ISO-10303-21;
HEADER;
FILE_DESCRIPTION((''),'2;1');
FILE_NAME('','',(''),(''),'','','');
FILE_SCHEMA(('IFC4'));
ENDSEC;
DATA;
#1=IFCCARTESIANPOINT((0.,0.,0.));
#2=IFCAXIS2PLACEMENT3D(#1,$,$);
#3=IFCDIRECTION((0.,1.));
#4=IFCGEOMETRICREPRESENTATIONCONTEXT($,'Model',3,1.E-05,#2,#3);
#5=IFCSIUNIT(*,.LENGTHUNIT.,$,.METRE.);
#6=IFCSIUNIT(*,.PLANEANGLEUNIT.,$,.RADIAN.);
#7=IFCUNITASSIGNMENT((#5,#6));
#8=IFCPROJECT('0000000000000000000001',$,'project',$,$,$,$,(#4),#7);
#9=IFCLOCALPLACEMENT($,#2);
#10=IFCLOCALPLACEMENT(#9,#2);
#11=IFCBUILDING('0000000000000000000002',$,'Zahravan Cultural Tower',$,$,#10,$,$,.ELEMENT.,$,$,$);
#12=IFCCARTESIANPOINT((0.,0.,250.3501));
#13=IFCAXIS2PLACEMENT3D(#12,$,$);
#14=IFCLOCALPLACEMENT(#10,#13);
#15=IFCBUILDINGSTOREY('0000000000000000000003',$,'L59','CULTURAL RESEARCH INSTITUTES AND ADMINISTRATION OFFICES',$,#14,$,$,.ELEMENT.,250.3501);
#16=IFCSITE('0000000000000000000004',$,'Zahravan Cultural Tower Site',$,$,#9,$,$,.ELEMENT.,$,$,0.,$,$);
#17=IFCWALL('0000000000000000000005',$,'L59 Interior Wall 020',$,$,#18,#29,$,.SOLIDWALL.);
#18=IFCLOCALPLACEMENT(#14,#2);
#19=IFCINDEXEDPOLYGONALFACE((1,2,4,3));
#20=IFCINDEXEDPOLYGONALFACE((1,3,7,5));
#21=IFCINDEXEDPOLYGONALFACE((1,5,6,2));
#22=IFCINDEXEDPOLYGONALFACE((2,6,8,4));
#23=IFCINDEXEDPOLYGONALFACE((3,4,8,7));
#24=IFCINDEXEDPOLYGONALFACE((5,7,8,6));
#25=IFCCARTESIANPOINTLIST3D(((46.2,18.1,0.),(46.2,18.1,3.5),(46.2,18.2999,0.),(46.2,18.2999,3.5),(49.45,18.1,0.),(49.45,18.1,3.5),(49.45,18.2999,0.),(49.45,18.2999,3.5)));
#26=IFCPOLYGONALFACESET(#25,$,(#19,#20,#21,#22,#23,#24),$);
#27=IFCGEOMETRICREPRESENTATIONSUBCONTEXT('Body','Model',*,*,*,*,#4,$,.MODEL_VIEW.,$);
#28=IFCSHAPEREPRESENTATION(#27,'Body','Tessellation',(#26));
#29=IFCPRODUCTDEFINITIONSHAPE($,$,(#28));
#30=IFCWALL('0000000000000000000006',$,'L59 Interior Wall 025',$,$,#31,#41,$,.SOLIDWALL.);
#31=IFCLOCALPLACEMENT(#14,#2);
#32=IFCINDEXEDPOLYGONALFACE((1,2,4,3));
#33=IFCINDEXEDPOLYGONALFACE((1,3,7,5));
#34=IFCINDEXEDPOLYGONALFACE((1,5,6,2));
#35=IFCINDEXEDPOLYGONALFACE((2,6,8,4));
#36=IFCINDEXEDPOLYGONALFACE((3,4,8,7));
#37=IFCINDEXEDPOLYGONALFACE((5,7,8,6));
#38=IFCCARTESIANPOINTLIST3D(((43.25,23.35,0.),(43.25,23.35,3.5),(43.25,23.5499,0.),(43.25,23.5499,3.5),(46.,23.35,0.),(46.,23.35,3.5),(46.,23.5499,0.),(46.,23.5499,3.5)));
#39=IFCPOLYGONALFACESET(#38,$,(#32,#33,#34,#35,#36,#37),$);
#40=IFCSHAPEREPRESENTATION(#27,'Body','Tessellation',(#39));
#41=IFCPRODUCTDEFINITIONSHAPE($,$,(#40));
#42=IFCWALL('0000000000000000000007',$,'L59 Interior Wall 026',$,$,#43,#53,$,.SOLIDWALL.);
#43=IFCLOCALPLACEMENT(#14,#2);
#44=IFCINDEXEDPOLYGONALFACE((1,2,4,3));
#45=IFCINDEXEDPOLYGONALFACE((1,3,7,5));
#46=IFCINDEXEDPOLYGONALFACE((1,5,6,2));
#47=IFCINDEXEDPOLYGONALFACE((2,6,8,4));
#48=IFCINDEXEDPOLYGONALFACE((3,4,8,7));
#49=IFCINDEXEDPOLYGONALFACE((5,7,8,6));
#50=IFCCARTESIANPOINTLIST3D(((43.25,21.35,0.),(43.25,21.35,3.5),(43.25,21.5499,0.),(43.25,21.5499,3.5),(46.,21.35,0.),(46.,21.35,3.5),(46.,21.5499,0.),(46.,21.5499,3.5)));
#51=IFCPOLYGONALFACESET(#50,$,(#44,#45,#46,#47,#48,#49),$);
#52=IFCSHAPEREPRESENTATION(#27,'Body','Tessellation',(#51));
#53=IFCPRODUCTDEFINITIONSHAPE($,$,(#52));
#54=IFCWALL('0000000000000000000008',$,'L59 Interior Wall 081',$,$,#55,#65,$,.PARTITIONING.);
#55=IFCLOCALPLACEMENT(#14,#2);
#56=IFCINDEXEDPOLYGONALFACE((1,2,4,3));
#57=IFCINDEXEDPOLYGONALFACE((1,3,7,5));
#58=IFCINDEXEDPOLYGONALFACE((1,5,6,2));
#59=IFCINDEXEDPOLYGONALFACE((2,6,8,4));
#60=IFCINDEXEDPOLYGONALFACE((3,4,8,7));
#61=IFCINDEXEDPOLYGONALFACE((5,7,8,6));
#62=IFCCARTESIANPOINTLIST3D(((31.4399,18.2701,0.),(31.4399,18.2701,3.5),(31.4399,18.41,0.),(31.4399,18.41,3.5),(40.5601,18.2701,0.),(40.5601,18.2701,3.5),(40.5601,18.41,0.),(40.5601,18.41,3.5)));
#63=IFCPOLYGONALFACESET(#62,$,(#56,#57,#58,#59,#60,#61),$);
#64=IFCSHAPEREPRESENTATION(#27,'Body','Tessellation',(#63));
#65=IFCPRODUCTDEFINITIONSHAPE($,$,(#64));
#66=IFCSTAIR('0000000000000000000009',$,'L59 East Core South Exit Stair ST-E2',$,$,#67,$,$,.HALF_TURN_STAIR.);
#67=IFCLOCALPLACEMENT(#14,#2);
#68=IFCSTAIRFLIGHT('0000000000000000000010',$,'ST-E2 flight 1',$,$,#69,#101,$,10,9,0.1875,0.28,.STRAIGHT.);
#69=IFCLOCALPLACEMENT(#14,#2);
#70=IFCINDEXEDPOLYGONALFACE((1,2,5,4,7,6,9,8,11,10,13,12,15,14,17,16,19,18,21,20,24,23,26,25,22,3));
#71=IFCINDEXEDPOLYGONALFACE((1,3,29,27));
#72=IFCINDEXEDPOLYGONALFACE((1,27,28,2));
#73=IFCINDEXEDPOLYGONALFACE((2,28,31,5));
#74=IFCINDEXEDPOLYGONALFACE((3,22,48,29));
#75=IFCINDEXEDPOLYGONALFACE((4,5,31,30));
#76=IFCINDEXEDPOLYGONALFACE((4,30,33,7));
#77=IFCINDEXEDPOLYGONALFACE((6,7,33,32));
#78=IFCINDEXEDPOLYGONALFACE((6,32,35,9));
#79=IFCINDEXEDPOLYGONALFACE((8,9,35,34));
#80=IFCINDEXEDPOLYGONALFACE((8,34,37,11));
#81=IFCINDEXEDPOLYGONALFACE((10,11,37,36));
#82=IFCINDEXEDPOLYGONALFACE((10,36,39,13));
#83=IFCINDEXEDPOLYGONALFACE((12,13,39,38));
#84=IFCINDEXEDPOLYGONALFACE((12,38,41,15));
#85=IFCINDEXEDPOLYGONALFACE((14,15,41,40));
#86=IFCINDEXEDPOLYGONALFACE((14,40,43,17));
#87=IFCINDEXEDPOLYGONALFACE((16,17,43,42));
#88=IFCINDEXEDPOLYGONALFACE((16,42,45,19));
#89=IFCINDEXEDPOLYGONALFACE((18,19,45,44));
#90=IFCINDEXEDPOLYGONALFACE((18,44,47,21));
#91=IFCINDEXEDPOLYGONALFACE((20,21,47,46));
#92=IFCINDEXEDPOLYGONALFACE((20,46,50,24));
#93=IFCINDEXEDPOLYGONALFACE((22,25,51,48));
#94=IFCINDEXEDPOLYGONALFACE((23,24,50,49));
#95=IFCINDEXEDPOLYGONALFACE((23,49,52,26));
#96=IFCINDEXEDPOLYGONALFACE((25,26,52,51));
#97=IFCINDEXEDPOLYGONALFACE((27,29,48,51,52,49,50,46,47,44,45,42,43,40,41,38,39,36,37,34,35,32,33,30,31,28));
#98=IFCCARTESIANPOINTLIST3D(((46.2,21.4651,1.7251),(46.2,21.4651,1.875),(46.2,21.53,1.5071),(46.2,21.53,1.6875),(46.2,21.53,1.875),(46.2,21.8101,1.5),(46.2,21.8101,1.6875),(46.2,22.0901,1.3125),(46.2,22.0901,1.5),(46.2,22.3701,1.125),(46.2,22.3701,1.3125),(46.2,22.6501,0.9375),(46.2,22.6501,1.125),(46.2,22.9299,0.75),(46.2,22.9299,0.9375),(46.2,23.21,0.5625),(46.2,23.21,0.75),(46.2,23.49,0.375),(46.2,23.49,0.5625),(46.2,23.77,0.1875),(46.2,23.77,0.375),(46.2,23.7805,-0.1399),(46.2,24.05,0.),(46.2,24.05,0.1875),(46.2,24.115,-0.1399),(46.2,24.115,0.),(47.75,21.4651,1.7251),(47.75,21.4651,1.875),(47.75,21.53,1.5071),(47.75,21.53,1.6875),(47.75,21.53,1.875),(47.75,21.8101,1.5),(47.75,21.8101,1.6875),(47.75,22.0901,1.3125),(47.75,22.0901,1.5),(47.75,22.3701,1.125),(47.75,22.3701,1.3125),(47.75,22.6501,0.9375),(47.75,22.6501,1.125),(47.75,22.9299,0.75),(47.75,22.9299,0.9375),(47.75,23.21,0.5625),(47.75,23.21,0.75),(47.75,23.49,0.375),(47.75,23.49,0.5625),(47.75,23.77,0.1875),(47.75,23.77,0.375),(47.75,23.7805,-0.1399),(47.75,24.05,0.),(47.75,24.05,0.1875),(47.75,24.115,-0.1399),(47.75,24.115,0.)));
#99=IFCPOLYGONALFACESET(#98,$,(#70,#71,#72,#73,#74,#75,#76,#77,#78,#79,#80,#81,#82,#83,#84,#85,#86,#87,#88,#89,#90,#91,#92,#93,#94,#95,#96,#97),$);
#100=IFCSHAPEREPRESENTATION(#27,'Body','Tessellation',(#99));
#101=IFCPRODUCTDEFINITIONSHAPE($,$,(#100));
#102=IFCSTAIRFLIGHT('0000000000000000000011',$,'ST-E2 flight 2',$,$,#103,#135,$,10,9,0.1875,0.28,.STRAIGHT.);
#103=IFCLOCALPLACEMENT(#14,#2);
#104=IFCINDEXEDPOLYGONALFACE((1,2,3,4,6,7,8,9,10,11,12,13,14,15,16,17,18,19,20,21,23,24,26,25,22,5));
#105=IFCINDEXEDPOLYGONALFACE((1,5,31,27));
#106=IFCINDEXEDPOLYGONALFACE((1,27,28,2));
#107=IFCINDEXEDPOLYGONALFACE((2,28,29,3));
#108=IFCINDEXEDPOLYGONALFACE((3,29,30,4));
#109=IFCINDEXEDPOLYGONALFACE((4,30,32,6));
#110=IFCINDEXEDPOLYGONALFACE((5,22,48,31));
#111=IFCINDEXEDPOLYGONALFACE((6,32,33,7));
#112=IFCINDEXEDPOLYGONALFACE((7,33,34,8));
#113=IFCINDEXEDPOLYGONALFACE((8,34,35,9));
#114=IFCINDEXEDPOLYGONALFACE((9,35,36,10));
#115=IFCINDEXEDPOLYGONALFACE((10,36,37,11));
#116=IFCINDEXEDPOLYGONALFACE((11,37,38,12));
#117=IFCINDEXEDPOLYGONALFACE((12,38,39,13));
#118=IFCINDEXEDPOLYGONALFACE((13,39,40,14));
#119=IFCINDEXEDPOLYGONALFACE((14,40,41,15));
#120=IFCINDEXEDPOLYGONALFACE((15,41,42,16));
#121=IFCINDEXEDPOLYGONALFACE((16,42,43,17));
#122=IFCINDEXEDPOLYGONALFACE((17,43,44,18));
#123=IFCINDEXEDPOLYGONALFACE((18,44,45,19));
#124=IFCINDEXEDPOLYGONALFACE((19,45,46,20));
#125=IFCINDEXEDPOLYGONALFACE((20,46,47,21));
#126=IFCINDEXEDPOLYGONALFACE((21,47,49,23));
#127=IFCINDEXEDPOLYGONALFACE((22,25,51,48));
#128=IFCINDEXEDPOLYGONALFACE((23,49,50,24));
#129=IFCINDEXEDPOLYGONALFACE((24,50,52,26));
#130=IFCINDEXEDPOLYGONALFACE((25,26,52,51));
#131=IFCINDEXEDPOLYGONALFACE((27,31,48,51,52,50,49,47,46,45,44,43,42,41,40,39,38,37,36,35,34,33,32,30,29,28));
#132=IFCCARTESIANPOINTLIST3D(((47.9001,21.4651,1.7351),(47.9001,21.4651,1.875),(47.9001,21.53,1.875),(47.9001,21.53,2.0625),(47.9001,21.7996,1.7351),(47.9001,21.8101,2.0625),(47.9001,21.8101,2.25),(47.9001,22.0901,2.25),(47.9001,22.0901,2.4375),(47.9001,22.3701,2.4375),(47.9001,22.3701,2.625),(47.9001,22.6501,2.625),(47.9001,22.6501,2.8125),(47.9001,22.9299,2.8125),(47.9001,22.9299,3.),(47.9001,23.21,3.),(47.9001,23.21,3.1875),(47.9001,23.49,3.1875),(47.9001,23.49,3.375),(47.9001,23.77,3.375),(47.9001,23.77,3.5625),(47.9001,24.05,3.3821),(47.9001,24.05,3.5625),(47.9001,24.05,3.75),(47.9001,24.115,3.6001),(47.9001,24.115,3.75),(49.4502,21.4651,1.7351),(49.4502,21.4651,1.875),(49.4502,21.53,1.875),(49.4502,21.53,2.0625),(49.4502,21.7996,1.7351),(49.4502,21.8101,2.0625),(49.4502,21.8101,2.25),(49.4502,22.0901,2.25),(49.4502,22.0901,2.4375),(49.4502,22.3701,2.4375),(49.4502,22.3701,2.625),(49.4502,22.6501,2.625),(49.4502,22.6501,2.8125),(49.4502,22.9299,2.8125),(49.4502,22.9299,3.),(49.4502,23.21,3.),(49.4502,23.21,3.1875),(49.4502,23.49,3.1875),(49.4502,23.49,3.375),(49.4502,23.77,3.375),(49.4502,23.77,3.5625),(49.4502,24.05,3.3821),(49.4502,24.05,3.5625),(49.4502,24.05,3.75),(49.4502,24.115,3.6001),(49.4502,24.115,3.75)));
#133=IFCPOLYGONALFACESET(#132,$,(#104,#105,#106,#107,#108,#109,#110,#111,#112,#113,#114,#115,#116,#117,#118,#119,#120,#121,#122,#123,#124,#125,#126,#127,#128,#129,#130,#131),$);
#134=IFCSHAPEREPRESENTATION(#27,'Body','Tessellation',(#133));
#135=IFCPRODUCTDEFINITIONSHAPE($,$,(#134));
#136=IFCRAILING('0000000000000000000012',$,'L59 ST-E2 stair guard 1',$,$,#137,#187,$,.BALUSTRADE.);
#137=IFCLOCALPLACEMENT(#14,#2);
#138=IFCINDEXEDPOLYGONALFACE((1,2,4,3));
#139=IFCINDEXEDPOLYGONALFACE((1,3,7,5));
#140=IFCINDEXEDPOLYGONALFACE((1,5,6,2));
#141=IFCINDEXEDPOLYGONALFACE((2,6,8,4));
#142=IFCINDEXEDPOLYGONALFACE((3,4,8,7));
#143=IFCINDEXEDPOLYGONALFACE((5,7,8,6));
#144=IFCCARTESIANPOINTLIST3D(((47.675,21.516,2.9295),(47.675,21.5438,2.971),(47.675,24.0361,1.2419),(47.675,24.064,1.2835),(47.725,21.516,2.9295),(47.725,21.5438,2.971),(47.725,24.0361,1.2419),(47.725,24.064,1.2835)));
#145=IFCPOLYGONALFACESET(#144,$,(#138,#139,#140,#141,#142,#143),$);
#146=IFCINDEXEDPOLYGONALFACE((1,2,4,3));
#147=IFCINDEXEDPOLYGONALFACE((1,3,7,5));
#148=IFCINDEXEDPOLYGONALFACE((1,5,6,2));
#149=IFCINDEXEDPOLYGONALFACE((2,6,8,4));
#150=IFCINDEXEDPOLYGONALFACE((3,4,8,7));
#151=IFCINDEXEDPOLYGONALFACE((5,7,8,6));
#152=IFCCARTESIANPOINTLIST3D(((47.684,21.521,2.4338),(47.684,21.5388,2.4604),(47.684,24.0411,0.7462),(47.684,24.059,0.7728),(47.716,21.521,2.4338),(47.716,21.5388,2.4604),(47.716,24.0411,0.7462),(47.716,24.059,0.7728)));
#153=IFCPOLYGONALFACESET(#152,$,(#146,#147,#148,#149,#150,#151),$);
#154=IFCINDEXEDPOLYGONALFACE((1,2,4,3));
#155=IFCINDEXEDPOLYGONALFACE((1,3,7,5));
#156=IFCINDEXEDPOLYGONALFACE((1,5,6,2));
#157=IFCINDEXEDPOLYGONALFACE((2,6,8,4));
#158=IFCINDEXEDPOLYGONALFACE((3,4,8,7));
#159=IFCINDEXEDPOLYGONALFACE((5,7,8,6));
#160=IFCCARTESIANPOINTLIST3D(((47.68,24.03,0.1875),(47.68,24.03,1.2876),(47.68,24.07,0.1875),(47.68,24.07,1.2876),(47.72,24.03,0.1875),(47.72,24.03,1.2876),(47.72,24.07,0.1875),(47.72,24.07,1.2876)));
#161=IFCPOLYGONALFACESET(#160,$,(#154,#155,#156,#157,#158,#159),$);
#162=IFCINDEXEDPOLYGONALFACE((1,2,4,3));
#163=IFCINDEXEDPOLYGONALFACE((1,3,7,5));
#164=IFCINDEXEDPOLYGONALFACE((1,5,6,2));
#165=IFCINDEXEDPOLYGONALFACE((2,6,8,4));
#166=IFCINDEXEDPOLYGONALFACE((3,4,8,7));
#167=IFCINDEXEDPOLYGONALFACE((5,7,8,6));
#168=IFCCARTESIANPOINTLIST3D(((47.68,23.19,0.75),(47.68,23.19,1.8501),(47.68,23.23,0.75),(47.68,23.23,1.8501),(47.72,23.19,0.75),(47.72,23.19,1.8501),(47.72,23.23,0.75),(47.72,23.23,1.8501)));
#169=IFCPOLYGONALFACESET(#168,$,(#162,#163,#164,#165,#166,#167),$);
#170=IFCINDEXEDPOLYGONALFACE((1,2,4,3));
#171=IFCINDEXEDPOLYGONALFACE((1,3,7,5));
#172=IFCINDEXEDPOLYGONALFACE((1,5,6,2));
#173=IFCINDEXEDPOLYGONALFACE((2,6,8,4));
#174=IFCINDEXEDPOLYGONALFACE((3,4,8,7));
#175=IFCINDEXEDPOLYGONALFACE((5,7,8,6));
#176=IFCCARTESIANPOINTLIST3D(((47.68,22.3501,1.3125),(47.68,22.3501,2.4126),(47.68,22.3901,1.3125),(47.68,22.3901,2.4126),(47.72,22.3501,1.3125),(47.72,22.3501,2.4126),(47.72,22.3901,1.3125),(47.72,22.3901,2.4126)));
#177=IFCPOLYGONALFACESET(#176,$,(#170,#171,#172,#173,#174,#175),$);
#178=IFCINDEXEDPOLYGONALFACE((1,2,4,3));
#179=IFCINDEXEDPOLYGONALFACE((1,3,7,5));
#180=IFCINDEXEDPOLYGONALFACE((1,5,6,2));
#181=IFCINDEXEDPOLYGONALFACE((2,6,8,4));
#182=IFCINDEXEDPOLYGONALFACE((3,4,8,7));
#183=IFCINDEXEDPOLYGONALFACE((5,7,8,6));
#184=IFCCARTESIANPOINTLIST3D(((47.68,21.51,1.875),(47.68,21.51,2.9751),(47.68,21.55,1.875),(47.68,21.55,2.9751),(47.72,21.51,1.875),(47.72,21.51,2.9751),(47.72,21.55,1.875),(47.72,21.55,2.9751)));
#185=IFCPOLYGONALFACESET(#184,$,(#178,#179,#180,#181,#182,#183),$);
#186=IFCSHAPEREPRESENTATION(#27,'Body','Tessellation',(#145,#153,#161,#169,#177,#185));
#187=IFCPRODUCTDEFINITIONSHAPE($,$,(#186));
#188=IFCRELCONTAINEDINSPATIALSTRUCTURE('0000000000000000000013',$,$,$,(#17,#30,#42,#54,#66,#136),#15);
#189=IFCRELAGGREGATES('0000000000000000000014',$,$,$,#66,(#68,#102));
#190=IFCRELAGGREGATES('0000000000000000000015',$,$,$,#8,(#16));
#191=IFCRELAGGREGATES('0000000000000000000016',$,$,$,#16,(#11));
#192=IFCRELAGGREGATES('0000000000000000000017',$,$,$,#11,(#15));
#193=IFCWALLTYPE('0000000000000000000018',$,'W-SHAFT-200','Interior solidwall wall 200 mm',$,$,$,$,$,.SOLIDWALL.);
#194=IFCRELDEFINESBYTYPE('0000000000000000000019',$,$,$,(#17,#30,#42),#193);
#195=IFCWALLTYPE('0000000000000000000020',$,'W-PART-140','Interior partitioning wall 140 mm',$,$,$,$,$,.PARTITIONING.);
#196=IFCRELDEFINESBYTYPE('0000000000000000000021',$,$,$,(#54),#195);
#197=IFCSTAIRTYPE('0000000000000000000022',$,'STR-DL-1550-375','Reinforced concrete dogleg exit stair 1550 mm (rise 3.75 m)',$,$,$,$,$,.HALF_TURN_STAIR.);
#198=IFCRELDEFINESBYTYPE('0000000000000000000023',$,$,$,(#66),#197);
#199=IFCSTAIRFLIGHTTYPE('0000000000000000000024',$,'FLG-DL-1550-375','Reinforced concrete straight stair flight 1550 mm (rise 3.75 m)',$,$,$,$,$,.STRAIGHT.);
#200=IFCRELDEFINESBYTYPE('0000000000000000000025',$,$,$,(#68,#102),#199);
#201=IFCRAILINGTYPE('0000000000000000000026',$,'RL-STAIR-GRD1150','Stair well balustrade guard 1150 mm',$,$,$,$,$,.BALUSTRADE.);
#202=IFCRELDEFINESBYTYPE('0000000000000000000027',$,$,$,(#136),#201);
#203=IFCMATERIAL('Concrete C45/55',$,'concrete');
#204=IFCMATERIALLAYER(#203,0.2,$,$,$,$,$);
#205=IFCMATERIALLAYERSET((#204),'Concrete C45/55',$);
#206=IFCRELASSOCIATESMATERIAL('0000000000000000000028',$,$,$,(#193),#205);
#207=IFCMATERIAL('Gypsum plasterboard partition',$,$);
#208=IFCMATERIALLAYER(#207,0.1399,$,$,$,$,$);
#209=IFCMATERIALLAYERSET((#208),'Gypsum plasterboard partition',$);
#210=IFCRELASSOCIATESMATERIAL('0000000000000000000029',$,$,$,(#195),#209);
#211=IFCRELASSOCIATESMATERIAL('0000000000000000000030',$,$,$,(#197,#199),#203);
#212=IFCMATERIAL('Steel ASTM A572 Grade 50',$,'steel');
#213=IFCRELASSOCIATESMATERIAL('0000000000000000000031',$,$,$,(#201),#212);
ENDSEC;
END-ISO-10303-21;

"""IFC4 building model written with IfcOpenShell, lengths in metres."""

from ifc_helpers import new_model, si_unit, direction, frame, frame_2d, origin, origin_2d, place, context, subcontext, project, spatial, polyline, rectangle, outline, extrude, source, transform, mapped, material, layer, layer_set, type_object, element, aggregate, save


model = new_model("IFC4")

# Units and contexts
model_context = context("Model", 3, precision=1e-05, world=origin(), true_north=direction((0.0, 1.0)))
body_context = subcontext(model_context, "Body", "Model", "MODEL_VIEW")
ifc_project = project(units=[si_unit("LENGTHUNIT", "METRE"), si_unit("PLANEANGLEUNIT", "RADIAN")], contexts=[model_context])

# Site, building, storey
site_placement = place(None, origin())
site = spatial("IfcSite", under=ifc_project, at=site_placement, Name="Zahravan Cultural Tower Site", CompositionType="ELEMENT", RefElevation=0.0)
building_placement = place(site_placement, origin())
building = spatial("IfcBuilding", under=site, at=building_placement, Name="Zahravan Cultural Tower", CompositionType="ELEMENT")
storey_placement = place(building_placement, frame((0.0, 0.0, 250.3501)))
storey = spatial("IfcBuildingStorey", under=building, at=storey_placement, Name="L59", Description="CULTURAL RESEARCH INSTITUTES AND ADMINISTRATION OFFICES", CompositionType="ELEMENT", Elevation=250.3501)

# Shared definitions
ifc_material_1 = material(Name="Concrete C45/55", Category="concrete")
ifc_layer_1 = layer(ifc_material_1, 0.2)
ifc_layer_set_1 = layer_set([ifc_layer_1], Name="Concrete C45/55")
wall_type_1 = type_object("IfcWallType", Name="W-SHAFT-200", Description="Interior solidwall wall 200 mm", PredefinedType="SOLIDWALL", material=ifc_layer_set_1)
ifc_material_2 = material(Name="Steel ASTM A572 Grade 50", Category="steel")

# Walls
shared_shape_1 = source(origin(), body_context, "Body", "SweptSolid", [
    extrude(rectangle(XDim=3.25, YDim=0.2, at=frame_2d((1.625, 0.0))), origin(), (0.0, 0.0, 1.0), 3.5),
])
wall_1_placement = place(storey_placement, frame((46.2, 18.2, 0.0), z_axis=(0.0, 0.0, 1.0), x_axis=(1.0, 0.0, 0.0)))
element("IfcWall", 1, at=wall_1_placement, inside=storey, type_object=wall_type_1, Name="L59 Interior Wall 020", PredefinedType="SOLIDWALL", context=body_context, shape_type="MappedRepresentation", body=[
    mapped(shared_shape_1, transform((0.0, 0.0, 0.0), x_axis=(1.0, 0.0, 0.0), y_axis=(0.0, 1.0, 0.0), z_axis=(0.0, 0.0, 1.0), scale=1.0)),
])
shared_shape_2 = source(origin(), body_context, "Body", "SweptSolid", [
    extrude(rectangle(XDim=2.75, YDim=0.2, at=frame_2d((1.375, 0.0))), origin(), (0.0, 0.0, 1.0), 3.5),
])
for number, where, z_axis, x_axis, name in (
    (2, (43.25, 23.45, 0.0), (0.0, 0.0, 1.0), (1.0, 0.0, 0.0), "L59 Interior Wall 025"),
    (3, (43.25, 21.45, 0.0), (0.0, 0.0, 1.0), (1.0, 0.0, 0.0), "L59 Interior Wall 026"),
):
    element("IfcWall", number, at=place(storey_placement, frame(where, z_axis=z_axis, x_axis=x_axis)), inside=storey, type_object=wall_type_1, Name=name, PredefinedType="SOLIDWALL", context=body_context, shape_type="MappedRepresentation", body=[
        mapped(shared_shape_2, transform((0.0, 0.0, 0.0), x_axis=(1.0, 0.0, 0.0), y_axis=(0.0, 1.0, 0.0), z_axis=(0.0, 0.0, 1.0), scale=1.0)),
    ])
ifc_material_3 = material(Name="Gypsum plasterboard partition")
ifc_layer_2 = layer(ifc_material_3, 0.1399)
ifc_layer_set_2 = layer_set([ifc_layer_2], Name="Gypsum plasterboard partition")
wall_type_2 = type_object("IfcWallType", Name="W-PART-140", Description="Interior partitioning wall 140 mm", PredefinedType="PARTITIONING", material=ifc_layer_set_2)
shared_shape_3 = source(origin(), body_context, "Body", "SweptSolid", [
    extrude(rectangle(XDim=9.1201, YDim=0.1399, at=frame_2d((4.5601, 0.0))), origin(), (0.0, 0.0, 1.0), 3.5),
])
wall_2_placement = place(storey_placement, frame((40.5601, 18.3401, 0.0), z_axis=(0.0, 0.0, 1.0), x_axis=(-1.0, 0.0, 0.0)))
element("IfcWall", 4, at=wall_2_placement, inside=storey, type_object=wall_type_2, Name="L59 Interior Wall 081", PredefinedType="PARTITIONING", context=body_context, shape_type="MappedRepresentation", body=[
    mapped(shared_shape_3, transform((0.0, 0.0, 0.0), x_axis=(1.0, 0.0, 0.0), y_axis=(0.0, 1.0, 0.0), z_axis=(0.0, 0.0, 1.0), scale=1.0)),
])

# Stair, stair flights
stair_type = type_object("IfcStairType", Name="STR-DL-1550-375", Description="Reinforced concrete dogleg exit stair 1550 mm (rise 3.75 m)", PredefinedType="HALF_TURN_STAIR", material=ifc_material_1)
stair_placement = place(storey_placement, origin())
stair = element("IfcStair", 5, at=stair_placement, inside=storey, type_object=stair_type, Name="L59 East Core South Exit Stair ST-E2", PredefinedType="HALF_TURN_STAIR")
stair_flight_type = type_object("IfcStairFlightType", Name="FLG-DL-1550-375", Description="Reinforced concrete straight stair flight 1550 mm (rise 3.75 m)", PredefinedType="STRAIGHT", material=ifc_material_1)
stair_flight_1_placement = place(storey_placement, frame((46.9751, 24.05, 0.0), z_axis=(0.0, 0.0, 1.0), x_axis=(0.0, -1.0, 0.0)))
stair_flight_1 = element("IfcStairFlight", 6, at=stair_flight_1_placement, type_object=stair_flight_type, Name="ST-E2 flight 1", NumberOfRisers=10, NumberOfTreads=9, PredefinedType="STRAIGHT", RiserHeight=0.1875, TreadLength=0.28, context=body_context, shape_type="SweptSolid", body=[
    extrude(outline(polyline([(-0.0649, -0.1399), (-0.0649, 0.0), (0.0, 0.0), (0.0, 0.1875), (0.28, 0.1875), (0.28, 0.375), (0.5601, 0.375), (0.5601, 0.5625), (0.8401, 0.5625), (0.8401, 0.75), (1.1201, 0.75), (1.1201, 0.9375), (1.3999, 0.9375), (1.3999, 1.125), (1.6799, 1.125), (1.6799, 1.3125), (1.96, 1.3125), (1.96, 1.5), (2.24, 1.5), (2.24, 1.6875), (2.52, 1.6875), (2.52, 1.875), (2.585, 1.875), (2.585, 1.7251), (2.52, 1.5071), (0.2695, -0.1399), (-0.0649, -0.1399)])), frame((0.0, 0.7749, 0.0), z_axis=(0.0, -1.0, 0.0), x_axis=(1.0, 0.0, 0.0)), (0.0, 0.0, 1.0), 1.55),
])
stair_flight_2_placement = place(storey_placement, frame((48.675, 21.53, 1.875), z_axis=(0.0, 0.0, 1.0), x_axis=(0.0, 1.0, 0.0)))
stair_flight_2 = element("IfcStairFlight", 7, at=stair_flight_2_placement, type_object=stair_flight_type, Name="ST-E2 flight 2", NumberOfRisers=10, NumberOfTreads=9, PredefinedType="STRAIGHT", RiserHeight=0.1875, TreadLength=0.28, context=body_context, shape_type="SweptSolid", body=[
    extrude(outline(polyline([(-0.0649, -0.1399), (-0.0649, 0.0), (0.0, 0.0), (0.0, 0.1875), (0.28, 0.1875), (0.28, 0.375), (0.5601, 0.375), (0.5601, 0.5625), (0.8401, 0.5625), (0.8401, 0.75), (1.1201, 0.75), (1.1201, 0.9375), (1.3999, 0.9375), (1.3999, 1.125), (1.6799, 1.125), (1.6799, 1.3125), (1.96, 1.3125), (1.96, 1.5), (2.24, 1.5), (2.24, 1.6875), (2.52, 1.6875), (2.52, 1.875), (2.585, 1.875), (2.585, 1.7251), (2.52, 1.5071), (0.2695, -0.1399), (-0.0649, -0.1399)])), frame((0.0, 0.7749, 0.0), z_axis=(0.0, -1.0, 0.0), x_axis=(1.0, 0.0, 0.0)), (0.0, 0.0, 1.0), 1.55),
])
aggregate(stair, [stair_flight_1, stair_flight_2])

# Railing
railing_type_1 = type_object("IfcRailingType", Name="RL-STAIR-GRD1150", Description="Stair well balustrade guard 1150 mm", PredefinedType="BALUSTRADE", material=ifc_material_2)
railing_1_placement = place(storey_placement, frame((47.7, 24.05, 0.1875)))
element("IfcRailing", 8, at=railing_1_placement, inside=storey, type_object=railing_type_1, Name="L59 ST-E2 stair guard 1", PredefinedType="BALUSTRADE", context=body_context, shape_type="SweptSolid", body=[
    extrude(rectangle(XDim=0.05, YDim=0.05, at=origin_2d()), frame((0.0, 0.0, 1.0752), z_axis=(0.0, -0.830909, 0.556408), x_axis=(1.0, 0.0, 0.0)), (0.0, 0.0, 1.0), 3.033),
    extrude(rectangle(XDim=0.032, YDim=0.032, at=origin_2d()), frame((0.0, 0.0, 0.572), z_axis=(0.0, -0.830909, 0.556408), x_axis=(1.0, 0.0, 0.0)), (0.0, 0.0, 1.0), 3.033),
    extrude(rectangle(XDim=0.04, YDim=0.04, at=origin_2d()), origin(), (0.0, 0.0, 1.0), 1.1001),
    extrude(rectangle(XDim=0.04, YDim=0.04, at=origin_2d()), frame((0.0, -0.8401, 0.5625)), (0.0, 0.0, 1.0), 1.1001),
    extrude(rectangle(XDim=0.04, YDim=0.04, at=origin_2d()), frame((0.0, -1.6799, 1.125)), (0.0, 0.0, 1.0), 1.1001),
    extrude(rectangle(XDim=0.04, YDim=0.04, at=origin_2d()), frame((0.0, -2.52, 1.6875)), (0.0, 0.0, 1.0), 1.1001),
])

save(model, "model.ifc")
